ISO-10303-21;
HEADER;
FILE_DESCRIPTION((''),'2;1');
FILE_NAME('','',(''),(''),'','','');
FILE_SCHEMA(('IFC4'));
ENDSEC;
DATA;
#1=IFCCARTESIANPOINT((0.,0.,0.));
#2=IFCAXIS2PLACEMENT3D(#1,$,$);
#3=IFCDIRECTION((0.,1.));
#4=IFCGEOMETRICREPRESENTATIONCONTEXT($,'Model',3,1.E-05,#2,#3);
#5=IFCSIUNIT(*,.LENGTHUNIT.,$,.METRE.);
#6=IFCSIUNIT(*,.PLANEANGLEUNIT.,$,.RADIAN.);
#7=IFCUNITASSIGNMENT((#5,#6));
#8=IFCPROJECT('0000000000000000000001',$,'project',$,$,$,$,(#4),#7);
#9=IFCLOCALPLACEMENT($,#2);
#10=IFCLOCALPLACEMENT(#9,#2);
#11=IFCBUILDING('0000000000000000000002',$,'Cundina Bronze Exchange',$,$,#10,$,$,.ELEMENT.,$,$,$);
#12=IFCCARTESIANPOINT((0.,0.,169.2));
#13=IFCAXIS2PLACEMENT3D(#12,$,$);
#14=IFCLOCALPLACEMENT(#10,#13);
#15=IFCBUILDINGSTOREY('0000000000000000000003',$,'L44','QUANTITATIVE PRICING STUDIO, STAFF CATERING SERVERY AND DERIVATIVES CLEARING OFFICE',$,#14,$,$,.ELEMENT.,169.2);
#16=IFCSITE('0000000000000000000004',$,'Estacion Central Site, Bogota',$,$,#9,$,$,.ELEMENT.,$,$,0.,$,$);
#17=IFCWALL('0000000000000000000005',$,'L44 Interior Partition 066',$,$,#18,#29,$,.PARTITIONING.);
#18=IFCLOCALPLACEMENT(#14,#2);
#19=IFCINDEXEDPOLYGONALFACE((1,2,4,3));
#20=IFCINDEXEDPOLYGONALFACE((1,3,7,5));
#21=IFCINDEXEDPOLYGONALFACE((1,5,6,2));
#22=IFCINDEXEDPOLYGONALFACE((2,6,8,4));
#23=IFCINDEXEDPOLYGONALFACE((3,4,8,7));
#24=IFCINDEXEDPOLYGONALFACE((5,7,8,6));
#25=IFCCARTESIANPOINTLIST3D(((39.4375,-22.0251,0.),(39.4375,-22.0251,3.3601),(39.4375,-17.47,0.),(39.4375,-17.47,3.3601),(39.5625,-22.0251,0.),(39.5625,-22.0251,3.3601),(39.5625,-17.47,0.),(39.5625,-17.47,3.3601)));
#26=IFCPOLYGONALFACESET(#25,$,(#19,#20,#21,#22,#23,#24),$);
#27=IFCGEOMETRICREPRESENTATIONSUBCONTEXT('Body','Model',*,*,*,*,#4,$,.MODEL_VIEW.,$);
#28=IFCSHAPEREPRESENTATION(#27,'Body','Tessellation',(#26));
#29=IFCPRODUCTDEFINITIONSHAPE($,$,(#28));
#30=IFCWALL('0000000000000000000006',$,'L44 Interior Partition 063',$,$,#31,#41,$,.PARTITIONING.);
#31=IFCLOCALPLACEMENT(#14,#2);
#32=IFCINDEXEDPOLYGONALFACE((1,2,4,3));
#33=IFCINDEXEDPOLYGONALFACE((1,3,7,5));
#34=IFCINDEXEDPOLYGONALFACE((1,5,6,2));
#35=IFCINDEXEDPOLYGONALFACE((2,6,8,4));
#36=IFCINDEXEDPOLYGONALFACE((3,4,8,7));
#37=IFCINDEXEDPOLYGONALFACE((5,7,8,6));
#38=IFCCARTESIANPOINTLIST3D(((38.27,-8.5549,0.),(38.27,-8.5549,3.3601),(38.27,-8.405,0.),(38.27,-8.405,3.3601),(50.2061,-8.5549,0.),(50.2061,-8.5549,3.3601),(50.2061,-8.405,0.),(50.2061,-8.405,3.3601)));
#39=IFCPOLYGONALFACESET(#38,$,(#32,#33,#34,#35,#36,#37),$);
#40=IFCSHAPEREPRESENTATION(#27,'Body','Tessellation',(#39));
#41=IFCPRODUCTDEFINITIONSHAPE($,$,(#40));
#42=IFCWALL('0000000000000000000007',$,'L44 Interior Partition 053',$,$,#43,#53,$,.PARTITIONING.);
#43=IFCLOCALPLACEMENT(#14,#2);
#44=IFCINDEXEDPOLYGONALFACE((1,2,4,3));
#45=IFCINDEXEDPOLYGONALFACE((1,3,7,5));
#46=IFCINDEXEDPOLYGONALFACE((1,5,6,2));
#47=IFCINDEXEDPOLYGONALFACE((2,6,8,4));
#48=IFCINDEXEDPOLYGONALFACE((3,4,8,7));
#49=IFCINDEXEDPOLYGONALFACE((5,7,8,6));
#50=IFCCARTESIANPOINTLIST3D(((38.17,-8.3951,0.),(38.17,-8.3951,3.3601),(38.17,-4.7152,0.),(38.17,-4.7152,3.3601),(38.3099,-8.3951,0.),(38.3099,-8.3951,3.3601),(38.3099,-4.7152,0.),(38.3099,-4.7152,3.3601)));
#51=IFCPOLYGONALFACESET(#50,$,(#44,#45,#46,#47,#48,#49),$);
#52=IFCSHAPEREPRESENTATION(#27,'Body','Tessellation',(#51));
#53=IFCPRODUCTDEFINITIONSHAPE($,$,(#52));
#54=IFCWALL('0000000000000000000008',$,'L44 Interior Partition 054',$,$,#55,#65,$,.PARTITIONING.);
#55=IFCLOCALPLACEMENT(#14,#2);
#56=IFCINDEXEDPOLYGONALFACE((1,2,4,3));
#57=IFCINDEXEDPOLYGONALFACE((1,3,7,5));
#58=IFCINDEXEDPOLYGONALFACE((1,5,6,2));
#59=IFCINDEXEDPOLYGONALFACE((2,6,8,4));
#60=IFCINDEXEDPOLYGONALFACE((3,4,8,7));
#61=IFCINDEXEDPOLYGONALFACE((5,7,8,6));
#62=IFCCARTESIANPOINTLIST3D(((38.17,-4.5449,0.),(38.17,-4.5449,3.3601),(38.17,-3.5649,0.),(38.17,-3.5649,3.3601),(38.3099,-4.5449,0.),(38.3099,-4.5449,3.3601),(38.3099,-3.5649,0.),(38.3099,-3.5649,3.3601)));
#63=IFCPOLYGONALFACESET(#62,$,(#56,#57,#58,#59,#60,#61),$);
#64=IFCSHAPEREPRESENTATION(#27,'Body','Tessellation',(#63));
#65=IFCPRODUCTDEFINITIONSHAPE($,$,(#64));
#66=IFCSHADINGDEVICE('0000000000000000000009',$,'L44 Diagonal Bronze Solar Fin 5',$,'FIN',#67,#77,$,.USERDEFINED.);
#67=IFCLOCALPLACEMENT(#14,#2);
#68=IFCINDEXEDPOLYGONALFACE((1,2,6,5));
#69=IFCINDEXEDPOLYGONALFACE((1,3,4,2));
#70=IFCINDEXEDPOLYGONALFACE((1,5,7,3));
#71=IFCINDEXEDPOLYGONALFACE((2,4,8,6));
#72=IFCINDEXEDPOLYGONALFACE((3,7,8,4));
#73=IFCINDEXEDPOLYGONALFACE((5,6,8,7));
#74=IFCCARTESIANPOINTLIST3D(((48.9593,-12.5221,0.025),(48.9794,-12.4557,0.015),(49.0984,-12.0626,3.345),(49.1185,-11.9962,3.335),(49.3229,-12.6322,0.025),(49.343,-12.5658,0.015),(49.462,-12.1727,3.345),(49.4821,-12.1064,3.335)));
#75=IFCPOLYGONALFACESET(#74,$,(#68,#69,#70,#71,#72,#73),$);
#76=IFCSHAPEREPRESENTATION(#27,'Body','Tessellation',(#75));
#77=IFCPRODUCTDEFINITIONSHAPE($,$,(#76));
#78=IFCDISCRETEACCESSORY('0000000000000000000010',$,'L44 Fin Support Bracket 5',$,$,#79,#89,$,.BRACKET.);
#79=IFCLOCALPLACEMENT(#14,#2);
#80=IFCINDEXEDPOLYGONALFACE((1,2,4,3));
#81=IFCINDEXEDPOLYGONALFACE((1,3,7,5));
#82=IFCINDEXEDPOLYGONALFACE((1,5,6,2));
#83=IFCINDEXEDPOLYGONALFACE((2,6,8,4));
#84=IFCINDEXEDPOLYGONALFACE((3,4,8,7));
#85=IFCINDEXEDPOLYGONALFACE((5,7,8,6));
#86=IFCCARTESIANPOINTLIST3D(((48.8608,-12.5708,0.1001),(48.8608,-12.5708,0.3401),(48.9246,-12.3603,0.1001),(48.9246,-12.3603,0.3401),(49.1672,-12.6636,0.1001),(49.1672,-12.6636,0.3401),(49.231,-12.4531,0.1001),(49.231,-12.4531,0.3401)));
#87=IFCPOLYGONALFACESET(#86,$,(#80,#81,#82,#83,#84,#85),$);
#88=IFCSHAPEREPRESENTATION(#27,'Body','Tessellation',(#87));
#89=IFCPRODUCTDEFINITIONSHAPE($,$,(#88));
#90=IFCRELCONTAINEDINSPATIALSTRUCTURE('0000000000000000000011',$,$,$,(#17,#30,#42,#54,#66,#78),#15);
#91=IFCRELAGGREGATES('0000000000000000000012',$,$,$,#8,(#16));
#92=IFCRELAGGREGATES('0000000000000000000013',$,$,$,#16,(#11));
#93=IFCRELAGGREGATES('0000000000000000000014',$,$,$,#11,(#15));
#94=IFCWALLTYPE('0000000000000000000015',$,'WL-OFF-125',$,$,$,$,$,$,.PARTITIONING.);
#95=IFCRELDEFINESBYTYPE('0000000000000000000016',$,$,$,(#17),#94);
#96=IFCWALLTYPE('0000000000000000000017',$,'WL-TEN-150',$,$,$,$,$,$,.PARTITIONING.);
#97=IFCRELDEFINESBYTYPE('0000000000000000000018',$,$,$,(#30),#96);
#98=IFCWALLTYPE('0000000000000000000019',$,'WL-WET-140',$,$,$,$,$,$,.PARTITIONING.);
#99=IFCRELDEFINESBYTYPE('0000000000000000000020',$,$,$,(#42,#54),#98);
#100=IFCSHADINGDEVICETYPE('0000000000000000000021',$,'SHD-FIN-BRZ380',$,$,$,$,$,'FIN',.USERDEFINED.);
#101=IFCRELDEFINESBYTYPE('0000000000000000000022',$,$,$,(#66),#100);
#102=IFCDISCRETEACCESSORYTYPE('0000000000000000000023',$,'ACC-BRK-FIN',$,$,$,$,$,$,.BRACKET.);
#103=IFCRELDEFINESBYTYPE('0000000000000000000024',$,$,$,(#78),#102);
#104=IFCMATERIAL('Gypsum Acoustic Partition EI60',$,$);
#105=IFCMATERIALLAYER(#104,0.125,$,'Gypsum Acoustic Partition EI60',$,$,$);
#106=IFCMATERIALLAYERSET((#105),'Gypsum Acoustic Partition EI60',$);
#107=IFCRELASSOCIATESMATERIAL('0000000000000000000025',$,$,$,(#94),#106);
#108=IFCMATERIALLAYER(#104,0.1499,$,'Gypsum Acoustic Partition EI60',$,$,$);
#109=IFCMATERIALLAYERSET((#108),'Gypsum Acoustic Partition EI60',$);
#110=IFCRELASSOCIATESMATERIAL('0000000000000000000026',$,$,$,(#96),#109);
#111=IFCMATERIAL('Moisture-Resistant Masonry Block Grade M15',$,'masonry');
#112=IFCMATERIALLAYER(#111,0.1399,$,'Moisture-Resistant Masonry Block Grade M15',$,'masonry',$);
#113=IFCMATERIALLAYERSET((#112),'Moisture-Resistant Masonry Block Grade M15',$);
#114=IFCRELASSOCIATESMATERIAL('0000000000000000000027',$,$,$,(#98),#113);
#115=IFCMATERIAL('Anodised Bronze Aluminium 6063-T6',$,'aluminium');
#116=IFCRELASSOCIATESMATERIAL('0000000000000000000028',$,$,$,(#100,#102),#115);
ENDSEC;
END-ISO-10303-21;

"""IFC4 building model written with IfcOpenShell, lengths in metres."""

from ifc_helpers import new_model, si_unit, direction, frame, frame_2d, origin, origin_2d, place, context, subcontext, project, spatial, rectangle, extrude, material, layer, layer_set, material_profile, profile_set, type_object, element, save


model = new_model("IFC4")

# Units and contexts
model_context = context("Model", 3, precision=1e-05, world=origin(), true_north=direction((0.0, 1.0)))
body_context = subcontext(model_context, "Body", "Model", "MODEL_VIEW")
ifc_project = project(units=[si_unit("LENGTHUNIT", "METRE"), si_unit("PLANEANGLEUNIT", "RADIAN")], contexts=[model_context])

# Site, building, storey
site_placement = place(None, origin())
site = spatial("IfcSite", under=ifc_project, at=site_placement, Name="Estacion Central Site, Bogota", CompositionType="ELEMENT", RefElevation=0.0)
building_placement = place(site_placement, origin())
building = spatial("IfcBuilding", under=site, at=building_placement, Name="Cundina Bronze Exchange", CompositionType="ELEMENT")
storey_placement = place(building_placement, frame((0.0, 0.0, 169.2)))
storey = spatial("IfcBuildingStorey", under=building, at=storey_placement, Name="L44", Description="QUANTITATIVE PRICING STUDIO, STAFF CATERING SERVERY AND DERIVATIVES CLEARING OFFICE", CompositionType="ELEMENT", Elevation=169.2)

# Shared definitions
ifc_material_1 = material(Name="Anodised Bronze Aluminium 6063-T6", Category="aluminium")

# Walls
ifc_material_2 = material(Name="Gypsum Acoustic Partition EI60")
ifc_layer_1 = layer(ifc_material_2, 0.125, Name="Gypsum Acoustic Partition EI60")
ifc_layer_set_1 = layer_set([ifc_layer_1], Name="Gypsum Acoustic Partition EI60")
wall_type_1 = type_object("IfcWallType", Name="WL-OFF-125", PredefinedType="PARTITIONING", material=ifc_layer_set_1)
wall_1_placement = place(storey_placement, frame((39.5, -22.0251, 0.0), z_axis=(0.0, 0.0, 1.0), x_axis=(0.0, 1.0, 0.0)))
element("IfcWall", 1, at=wall_1_placement, inside=storey, type_object=wall_type_1, Name="L44 Interior Partition 066", PredefinedType="PARTITIONING", context=body_context, shape_type="SweptSolid", body=[
    extrude(rectangle(XDim=4.5552, YDim=0.125, at=frame_2d((2.2776, 0.0))), origin(), (0.0, 0.0, 1.0), 3.3601),
])
ifc_layer_2 = layer(ifc_material_2, 0.1499, Name="Gypsum Acoustic Partition EI60")
ifc_layer_set_2 = layer_set([ifc_layer_2], Name="Gypsum Acoustic Partition EI60")
wall_type_2 = type_object("IfcWallType", Name="WL-TEN-150", PredefinedType="PARTITIONING", material=ifc_layer_set_2)
wall_2_placement = place(storey_placement, frame((38.27, -8.48, 0.0), z_axis=(0.0, 0.0, 1.0), x_axis=(1.0, 0.0, 0.0)))
element("IfcWall", 2, at=wall_2_placement, inside=storey, type_object=wall_type_2, Name="L44 Interior Partition 063", PredefinedType="PARTITIONING", context=body_context, shape_type="SweptSolid", body=[
    extrude(rectangle(XDim=11.936, YDim=0.1499, at=frame_2d((5.968, 0.0))), origin(), (0.0, 0.0, 1.0), 3.3601),
])
ifc_material_3 = material(Name="Moisture-Resistant Masonry Block Grade M15", Category="masonry")
ifc_layer_3 = layer(ifc_material_3, 0.1399, Name="Moisture-Resistant Masonry Block Grade M15", Category="masonry")
ifc_layer_set_3 = layer_set([ifc_layer_3], Name="Moisture-Resistant Masonry Block Grade M15")
wall_type_3 = type_object("IfcWallType", Name="WL-WET-140", PredefinedType="PARTITIONING", material=ifc_layer_set_3)
wall_3_placement = place(storey_placement, frame((38.24, -8.395, 0.0), z_axis=(0.0, 0.0, 1.0), x_axis=(0.0, 1.0, 0.0)))
element("IfcWall", 3, at=wall_3_placement, inside=storey, type_object=wall_type_3, Name="L44 Interior Partition 053", PredefinedType="PARTITIONING", context=body_context, shape_type="SweptSolid", body=[
    extrude(rectangle(XDim=3.6799, YDim=0.1399, at=frame_2d((1.8398, 0.0))), origin(), (0.0, 0.0, 1.0), 3.3601),
])
wall_4_placement = place(storey_placement, frame((38.24, -4.5449, 0.0), z_axis=(0.0, 0.0, 1.0), x_axis=(0.0, 1.0, 0.0)))
element("IfcWall", 4, at=wall_4_placement, inside=storey, type_object=wall_type_3, Name="L44 Interior Partition 054", PredefinedType="PARTITIONING", context=body_context, shape_type="SweptSolid", body=[
    extrude(rectangle(XDim=0.98, YDim=0.1399, at=frame_2d((0.49, 0.0))), origin(), (0.0, 0.0, 1.0), 3.3601),
])

# Shading device
ifc_material_profile_1 = material_profile(ifc_material_1, rectangle(XDim=0.0701, YDim=0.3799, at=origin_2d()), Name="FIN70X380", Category="aluminium")
ifc_profile_set_1 = profile_set([ifc_material_profile_1], Name="Anodised Bronze Aluminium 6063-T6")
shading_device_type = type_object("IfcShadingDeviceType", Name="SHD-FIN-BRZ380", ElementType="FIN", PredefinedType="USERDEFINED", material=ifc_profile_set_1)
shading_device_placement = place(storey_placement, frame((49.1511, -12.5439, 0.02), z_axis=(0.041483, 0.136968, 0.989706), x_axis=(-0.286883, -0.947216, 0.143112)))
element("IfcShadingDevice", 5, at=shading_device_placement, inside=storey, type_object=shading_device_type, Name="L44 Diagonal Bronze Solar Fin 5", ObjectType="FIN", PredefinedType="USERDEFINED", context=body_context, shape_type="SweptSolid", body=[
    extrude(rectangle(XDim=0.0701, YDim=0.3799, at=origin_2d()), origin(), (0.0, 0.0, 1.0), 3.3545),
])

# Discrete accessory
discrete_accessory_type = type_object("IfcDiscreteAccessoryType", Name="ACC-BRK-FIN", PredefinedType="BRACKET", material=ifc_material_1)
discrete_accessory_placement = place(storey_placement, frame((49.0459, -12.512, 0.1001), z_axis=(0.0, 0.0, 1.0), x_axis=(0.290051, 0.957011, 0.0)))
element("IfcDiscreteAccessory", 6, at=discrete_accessory_placement, inside=storey, type_object=discrete_accessory_type, Name="L44 Fin Support Bracket 5", PredefinedType="BRACKET", context=body_context, shape_type="SweptSolid", body=[
    extrude(rectangle(XDim=0.22, YDim=0.3201, at=origin_2d()), origin(), (0.0, 0.0, 1.0), 0.24),
])

save(model, "model.ifc")
